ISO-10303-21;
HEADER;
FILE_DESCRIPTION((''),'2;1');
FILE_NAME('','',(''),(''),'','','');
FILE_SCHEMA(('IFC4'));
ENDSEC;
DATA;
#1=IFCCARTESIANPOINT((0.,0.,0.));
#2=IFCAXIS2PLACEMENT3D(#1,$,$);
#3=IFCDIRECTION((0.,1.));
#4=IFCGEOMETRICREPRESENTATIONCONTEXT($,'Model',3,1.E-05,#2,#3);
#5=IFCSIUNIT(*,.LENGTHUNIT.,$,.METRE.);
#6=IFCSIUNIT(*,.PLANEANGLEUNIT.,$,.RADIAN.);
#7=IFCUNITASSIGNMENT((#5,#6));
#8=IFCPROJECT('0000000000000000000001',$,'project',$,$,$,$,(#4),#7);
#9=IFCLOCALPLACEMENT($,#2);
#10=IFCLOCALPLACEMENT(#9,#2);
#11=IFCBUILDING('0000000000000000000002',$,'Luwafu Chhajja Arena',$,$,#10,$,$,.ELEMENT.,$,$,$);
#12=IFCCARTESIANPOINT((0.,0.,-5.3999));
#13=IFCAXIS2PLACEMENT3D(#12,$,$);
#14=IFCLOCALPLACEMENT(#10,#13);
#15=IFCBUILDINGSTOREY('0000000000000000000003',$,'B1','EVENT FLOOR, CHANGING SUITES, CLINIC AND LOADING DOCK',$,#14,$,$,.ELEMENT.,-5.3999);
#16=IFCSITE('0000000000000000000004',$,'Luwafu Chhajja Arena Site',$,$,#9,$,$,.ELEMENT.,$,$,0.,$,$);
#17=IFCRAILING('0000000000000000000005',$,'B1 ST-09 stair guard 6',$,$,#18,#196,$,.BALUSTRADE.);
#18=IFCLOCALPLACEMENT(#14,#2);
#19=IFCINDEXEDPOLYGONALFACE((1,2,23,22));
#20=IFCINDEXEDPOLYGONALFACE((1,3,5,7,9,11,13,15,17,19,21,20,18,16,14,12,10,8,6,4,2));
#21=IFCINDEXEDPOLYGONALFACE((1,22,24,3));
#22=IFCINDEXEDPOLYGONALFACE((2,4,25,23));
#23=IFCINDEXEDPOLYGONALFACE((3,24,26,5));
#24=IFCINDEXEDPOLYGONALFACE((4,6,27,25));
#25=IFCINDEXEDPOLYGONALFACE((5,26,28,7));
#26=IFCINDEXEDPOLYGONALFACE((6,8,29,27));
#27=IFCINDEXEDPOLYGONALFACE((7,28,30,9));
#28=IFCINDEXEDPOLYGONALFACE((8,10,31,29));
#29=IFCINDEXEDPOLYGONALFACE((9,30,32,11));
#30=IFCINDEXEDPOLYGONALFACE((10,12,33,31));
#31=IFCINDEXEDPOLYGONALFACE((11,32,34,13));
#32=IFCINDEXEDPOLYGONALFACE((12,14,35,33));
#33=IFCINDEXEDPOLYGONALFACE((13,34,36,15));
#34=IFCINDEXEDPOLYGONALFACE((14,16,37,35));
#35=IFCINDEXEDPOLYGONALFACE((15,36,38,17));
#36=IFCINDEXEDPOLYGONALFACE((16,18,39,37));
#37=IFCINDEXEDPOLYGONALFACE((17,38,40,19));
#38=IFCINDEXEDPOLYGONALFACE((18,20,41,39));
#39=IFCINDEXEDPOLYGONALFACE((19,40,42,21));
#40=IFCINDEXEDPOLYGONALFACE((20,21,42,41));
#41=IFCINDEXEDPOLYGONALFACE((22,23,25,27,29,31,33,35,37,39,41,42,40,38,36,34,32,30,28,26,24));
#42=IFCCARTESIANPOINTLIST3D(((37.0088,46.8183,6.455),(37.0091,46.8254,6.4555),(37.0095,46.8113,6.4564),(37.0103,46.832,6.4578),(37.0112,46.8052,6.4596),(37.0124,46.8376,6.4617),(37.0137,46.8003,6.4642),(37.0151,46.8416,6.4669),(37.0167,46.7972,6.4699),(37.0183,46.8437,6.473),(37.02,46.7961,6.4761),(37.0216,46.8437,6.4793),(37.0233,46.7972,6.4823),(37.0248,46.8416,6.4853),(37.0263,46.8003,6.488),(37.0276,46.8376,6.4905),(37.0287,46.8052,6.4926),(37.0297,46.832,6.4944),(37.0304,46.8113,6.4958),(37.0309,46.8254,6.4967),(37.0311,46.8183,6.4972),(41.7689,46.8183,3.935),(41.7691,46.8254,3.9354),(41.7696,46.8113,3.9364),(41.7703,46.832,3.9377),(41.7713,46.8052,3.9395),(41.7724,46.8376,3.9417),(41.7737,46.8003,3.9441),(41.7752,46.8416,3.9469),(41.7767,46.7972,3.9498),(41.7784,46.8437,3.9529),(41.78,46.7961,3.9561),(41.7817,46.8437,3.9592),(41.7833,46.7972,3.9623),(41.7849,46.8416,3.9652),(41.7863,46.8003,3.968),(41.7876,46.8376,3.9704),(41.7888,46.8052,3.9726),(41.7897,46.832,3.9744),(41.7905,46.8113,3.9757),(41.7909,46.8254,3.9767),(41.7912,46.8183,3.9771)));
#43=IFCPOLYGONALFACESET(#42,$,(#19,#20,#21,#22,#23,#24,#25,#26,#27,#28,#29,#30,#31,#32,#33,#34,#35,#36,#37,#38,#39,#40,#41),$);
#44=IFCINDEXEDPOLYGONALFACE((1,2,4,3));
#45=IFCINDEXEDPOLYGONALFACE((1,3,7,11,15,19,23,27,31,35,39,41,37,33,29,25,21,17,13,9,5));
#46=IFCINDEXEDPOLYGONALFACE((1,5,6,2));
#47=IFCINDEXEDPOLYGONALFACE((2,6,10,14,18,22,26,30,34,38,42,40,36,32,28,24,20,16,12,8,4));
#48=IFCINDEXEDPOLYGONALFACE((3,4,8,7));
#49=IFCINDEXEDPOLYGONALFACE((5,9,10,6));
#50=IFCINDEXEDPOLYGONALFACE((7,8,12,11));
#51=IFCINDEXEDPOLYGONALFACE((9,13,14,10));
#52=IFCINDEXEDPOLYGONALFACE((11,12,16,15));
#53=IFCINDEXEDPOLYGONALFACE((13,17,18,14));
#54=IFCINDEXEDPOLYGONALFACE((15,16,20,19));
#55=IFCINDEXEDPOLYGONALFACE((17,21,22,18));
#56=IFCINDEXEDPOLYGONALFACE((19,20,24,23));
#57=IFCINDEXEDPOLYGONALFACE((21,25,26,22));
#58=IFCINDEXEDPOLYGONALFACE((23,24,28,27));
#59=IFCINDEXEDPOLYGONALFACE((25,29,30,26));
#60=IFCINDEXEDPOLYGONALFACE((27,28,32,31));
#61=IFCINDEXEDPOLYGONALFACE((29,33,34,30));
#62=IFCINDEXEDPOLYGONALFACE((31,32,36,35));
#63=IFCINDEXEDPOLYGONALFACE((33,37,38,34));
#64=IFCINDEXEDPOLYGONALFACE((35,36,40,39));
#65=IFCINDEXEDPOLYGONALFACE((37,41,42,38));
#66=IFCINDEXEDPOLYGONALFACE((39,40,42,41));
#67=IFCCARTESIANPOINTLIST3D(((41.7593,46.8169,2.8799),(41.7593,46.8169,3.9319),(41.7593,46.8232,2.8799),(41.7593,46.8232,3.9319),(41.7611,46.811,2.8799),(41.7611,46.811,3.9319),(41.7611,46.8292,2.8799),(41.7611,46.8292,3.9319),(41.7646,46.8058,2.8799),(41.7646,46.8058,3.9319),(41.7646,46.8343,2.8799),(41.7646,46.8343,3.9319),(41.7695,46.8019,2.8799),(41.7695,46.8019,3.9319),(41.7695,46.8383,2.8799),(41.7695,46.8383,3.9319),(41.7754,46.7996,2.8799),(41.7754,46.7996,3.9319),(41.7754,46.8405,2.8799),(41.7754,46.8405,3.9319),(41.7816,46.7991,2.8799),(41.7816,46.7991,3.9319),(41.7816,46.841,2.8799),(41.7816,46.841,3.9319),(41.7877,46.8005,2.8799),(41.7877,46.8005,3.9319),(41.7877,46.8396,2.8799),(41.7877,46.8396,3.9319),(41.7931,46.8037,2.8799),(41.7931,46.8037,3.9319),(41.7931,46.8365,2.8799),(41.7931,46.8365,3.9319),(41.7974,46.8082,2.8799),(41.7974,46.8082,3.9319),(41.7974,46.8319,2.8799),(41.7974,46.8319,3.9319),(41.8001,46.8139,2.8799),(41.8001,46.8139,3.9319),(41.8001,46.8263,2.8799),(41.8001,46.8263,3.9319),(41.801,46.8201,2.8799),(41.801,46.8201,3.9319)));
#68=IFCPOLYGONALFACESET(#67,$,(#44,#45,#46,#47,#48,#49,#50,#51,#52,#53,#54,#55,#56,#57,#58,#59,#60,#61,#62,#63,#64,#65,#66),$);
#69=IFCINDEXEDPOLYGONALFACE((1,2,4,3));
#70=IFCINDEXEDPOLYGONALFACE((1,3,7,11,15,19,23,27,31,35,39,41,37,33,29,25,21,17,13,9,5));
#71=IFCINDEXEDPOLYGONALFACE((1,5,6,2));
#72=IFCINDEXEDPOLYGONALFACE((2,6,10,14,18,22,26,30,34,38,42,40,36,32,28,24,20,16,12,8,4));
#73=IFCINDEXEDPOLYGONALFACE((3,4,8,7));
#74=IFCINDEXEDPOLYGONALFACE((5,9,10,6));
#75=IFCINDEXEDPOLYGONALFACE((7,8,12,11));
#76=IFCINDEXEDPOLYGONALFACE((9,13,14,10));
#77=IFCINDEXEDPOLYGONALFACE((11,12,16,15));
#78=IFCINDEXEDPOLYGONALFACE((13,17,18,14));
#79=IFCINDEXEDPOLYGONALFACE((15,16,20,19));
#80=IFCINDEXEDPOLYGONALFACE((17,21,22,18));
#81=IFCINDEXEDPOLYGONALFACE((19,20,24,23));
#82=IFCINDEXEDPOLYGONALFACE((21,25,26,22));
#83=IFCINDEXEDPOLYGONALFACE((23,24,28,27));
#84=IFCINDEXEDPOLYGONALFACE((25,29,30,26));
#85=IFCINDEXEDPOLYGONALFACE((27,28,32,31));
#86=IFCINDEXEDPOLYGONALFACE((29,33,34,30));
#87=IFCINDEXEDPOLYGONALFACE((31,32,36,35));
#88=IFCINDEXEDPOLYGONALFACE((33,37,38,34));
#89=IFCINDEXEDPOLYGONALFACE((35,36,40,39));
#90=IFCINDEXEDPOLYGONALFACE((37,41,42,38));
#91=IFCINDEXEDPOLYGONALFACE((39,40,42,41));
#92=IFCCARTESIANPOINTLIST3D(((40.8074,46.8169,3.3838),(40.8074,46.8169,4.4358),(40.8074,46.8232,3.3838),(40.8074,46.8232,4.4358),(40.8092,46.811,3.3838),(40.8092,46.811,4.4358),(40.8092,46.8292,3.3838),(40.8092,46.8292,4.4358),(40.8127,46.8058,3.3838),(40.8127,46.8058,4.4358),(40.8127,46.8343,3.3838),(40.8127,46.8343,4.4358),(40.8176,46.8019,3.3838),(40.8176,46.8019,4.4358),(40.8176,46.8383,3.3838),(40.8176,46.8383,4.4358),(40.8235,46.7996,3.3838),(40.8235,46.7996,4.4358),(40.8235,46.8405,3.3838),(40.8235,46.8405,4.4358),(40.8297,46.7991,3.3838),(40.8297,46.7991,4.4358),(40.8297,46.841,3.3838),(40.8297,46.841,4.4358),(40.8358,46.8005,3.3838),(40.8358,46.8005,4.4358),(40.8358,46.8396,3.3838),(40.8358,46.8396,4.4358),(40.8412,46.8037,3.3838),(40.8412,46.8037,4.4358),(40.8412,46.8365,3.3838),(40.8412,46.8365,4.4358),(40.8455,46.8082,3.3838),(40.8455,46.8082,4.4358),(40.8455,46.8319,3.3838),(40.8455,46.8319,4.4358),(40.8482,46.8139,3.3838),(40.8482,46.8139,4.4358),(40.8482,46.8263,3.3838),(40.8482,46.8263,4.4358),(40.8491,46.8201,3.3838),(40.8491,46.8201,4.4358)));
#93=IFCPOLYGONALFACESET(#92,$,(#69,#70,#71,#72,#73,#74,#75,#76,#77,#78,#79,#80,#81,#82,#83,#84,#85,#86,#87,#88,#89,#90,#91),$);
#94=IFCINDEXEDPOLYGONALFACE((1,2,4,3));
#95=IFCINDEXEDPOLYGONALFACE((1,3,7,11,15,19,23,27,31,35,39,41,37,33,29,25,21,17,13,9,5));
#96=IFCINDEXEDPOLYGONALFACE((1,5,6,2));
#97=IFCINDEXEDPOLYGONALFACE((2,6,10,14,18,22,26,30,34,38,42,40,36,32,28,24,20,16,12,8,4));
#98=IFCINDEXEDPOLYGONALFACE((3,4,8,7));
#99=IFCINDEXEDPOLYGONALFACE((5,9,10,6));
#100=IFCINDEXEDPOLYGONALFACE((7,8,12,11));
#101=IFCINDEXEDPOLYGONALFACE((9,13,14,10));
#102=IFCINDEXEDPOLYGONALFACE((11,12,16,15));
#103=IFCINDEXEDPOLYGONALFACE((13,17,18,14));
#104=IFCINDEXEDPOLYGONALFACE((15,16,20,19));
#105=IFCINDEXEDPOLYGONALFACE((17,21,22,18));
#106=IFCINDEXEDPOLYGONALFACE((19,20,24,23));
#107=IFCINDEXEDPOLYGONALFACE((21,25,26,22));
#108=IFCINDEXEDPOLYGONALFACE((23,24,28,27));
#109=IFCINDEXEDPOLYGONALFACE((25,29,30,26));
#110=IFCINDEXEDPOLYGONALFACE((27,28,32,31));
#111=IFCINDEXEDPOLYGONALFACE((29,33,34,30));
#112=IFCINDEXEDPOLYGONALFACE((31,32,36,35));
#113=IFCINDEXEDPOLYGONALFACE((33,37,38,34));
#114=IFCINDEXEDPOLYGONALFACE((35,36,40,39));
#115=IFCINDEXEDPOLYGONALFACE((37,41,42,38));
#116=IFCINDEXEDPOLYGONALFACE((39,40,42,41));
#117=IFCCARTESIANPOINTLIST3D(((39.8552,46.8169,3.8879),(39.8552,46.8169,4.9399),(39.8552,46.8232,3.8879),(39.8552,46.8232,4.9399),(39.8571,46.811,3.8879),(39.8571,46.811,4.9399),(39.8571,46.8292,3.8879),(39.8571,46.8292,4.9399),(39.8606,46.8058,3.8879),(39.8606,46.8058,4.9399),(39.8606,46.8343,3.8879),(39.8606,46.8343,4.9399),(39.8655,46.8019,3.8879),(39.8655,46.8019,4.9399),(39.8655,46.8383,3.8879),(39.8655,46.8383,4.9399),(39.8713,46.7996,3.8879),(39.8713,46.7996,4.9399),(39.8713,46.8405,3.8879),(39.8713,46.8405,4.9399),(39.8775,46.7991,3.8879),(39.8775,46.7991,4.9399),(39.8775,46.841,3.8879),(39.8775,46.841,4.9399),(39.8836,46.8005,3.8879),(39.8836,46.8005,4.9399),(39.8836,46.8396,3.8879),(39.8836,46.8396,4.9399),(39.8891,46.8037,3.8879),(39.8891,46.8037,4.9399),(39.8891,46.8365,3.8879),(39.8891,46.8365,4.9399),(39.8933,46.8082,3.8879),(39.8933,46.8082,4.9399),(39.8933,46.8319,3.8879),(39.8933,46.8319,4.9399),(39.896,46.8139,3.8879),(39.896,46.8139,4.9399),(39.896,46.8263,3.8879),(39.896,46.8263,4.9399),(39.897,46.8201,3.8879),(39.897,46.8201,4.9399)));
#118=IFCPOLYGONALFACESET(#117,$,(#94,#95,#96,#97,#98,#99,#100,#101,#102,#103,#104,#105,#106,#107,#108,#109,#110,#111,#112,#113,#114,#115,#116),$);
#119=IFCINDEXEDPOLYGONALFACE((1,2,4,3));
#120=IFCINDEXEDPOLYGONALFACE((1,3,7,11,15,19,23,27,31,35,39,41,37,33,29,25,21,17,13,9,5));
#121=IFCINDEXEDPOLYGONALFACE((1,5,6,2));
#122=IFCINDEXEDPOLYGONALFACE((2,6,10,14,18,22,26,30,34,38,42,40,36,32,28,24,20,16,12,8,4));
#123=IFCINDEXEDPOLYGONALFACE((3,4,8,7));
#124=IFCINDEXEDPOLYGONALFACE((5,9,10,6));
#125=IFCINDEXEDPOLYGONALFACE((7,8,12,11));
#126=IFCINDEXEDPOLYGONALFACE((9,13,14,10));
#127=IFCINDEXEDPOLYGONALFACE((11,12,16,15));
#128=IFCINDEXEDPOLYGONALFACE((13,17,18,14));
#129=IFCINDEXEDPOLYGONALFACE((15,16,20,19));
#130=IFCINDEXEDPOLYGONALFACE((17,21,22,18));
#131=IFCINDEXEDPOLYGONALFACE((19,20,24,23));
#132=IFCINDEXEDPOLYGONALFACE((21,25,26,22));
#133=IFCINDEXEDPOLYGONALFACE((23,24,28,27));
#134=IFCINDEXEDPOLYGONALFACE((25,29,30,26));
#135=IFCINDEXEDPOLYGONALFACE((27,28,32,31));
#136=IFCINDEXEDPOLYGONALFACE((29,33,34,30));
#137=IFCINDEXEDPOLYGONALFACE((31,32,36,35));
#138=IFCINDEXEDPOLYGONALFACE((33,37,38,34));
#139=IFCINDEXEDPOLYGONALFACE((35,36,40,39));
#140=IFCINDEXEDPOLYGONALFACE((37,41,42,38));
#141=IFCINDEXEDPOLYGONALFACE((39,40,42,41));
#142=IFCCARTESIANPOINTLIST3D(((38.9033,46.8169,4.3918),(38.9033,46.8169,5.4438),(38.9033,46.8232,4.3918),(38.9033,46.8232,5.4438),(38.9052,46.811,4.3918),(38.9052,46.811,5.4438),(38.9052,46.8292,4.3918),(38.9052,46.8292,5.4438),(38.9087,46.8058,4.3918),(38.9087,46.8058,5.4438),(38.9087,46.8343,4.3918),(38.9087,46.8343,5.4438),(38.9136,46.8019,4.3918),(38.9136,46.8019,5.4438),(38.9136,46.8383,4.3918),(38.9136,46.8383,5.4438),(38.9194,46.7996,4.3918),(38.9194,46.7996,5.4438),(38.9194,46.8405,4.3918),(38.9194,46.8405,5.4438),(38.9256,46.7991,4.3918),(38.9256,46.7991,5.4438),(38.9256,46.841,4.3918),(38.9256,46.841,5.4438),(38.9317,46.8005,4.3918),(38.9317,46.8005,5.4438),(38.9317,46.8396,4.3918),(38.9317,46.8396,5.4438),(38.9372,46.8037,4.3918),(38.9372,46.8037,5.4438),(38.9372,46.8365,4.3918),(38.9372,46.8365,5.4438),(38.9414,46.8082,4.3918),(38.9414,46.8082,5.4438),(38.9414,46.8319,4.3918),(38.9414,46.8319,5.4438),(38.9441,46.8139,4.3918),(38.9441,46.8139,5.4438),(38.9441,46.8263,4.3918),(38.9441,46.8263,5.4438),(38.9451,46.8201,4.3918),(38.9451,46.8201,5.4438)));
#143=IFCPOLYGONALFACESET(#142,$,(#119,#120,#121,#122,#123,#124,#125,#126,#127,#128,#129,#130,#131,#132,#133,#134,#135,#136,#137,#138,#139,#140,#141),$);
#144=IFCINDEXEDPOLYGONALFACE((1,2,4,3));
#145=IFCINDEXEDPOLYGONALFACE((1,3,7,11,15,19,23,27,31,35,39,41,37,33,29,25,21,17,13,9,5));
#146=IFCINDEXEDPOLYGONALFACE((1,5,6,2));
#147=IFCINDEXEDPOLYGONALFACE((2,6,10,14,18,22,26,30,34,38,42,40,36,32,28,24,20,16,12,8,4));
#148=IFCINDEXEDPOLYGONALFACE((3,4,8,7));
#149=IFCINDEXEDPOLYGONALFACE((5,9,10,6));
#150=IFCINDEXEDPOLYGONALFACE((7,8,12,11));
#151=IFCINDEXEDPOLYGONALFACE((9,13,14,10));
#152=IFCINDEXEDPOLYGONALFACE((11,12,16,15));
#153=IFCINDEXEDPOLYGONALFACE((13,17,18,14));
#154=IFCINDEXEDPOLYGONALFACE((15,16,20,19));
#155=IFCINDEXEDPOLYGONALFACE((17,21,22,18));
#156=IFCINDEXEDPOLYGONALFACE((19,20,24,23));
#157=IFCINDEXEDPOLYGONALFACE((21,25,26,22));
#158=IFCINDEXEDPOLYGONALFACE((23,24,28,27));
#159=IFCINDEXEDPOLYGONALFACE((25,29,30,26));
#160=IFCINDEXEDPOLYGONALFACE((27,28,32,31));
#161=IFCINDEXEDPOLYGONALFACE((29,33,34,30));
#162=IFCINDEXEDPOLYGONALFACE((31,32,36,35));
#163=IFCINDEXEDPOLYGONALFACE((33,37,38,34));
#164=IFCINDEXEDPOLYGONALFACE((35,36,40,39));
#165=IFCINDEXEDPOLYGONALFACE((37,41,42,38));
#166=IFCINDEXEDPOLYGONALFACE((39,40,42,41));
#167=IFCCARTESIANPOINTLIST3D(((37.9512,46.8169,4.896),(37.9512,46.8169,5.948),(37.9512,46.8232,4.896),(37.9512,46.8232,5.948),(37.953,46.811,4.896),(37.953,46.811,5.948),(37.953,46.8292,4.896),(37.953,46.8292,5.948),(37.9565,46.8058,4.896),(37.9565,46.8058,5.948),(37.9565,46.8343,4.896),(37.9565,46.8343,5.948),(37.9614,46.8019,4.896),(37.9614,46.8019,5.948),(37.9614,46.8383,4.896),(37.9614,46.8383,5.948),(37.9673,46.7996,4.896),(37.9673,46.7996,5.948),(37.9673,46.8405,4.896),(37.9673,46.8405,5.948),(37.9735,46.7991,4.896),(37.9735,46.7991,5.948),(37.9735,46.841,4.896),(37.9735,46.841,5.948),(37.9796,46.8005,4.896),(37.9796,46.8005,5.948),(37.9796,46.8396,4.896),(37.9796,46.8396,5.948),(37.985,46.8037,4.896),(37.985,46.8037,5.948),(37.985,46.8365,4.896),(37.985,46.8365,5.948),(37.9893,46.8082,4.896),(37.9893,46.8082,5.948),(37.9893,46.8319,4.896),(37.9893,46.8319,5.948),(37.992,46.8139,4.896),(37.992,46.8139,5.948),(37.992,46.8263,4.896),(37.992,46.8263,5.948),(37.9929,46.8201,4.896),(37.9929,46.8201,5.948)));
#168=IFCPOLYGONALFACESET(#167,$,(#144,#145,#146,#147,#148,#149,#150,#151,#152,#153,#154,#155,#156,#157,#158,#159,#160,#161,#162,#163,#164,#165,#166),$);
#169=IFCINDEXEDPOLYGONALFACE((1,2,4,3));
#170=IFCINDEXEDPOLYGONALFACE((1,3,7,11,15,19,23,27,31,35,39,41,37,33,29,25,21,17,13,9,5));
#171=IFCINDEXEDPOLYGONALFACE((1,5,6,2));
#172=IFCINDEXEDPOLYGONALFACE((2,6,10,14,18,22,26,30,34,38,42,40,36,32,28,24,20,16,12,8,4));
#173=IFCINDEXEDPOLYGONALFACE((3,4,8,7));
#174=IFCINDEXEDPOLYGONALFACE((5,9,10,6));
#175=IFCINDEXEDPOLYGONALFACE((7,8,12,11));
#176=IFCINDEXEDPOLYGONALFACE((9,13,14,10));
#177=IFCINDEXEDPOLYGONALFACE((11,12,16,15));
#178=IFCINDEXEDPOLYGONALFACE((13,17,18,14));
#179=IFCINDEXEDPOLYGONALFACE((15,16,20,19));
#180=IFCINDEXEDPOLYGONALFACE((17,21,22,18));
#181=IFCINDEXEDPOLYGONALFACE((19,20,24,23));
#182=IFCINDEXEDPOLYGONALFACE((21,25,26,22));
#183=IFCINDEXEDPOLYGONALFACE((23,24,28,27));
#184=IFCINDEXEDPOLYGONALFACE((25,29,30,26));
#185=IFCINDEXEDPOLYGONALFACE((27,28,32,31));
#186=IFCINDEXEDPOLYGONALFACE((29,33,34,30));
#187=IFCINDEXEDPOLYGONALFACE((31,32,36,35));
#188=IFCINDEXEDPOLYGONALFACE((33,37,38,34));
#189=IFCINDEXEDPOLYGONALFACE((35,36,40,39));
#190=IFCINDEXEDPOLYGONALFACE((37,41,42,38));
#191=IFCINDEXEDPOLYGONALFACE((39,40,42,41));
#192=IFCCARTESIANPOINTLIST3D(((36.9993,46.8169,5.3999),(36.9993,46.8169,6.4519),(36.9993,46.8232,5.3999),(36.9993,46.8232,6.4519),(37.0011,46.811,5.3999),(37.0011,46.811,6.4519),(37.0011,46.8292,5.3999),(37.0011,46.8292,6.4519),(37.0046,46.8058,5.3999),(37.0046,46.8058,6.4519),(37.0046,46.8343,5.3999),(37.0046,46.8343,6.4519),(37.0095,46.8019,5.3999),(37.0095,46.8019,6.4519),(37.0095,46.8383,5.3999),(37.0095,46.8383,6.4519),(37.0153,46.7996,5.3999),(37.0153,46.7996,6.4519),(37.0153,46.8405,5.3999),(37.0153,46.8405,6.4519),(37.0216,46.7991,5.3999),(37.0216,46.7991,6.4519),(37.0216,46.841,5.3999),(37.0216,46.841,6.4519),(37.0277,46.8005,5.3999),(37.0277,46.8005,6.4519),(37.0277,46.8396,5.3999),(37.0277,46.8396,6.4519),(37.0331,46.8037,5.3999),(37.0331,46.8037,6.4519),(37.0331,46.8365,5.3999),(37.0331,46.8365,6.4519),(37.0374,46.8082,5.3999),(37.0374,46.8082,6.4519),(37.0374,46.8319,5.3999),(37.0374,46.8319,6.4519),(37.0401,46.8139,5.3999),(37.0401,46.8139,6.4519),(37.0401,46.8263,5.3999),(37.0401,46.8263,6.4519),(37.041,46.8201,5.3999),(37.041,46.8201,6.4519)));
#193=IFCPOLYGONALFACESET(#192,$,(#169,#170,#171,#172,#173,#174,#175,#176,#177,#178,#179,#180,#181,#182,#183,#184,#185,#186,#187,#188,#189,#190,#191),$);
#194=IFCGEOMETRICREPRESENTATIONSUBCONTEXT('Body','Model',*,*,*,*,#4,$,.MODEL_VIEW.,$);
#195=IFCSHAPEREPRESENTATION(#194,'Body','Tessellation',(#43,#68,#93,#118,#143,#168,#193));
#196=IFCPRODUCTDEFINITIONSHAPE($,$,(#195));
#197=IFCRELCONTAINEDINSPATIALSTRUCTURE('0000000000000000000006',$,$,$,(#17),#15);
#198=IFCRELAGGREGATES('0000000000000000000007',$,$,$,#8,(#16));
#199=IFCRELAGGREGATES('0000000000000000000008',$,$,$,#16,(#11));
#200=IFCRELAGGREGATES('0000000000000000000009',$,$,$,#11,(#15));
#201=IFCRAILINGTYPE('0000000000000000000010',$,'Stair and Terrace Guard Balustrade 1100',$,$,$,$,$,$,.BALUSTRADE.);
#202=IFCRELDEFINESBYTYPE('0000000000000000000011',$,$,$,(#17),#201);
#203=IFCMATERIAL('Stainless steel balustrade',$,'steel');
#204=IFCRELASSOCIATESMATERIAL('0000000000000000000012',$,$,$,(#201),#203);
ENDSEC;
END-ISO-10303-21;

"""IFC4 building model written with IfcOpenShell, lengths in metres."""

from ifc_helpers import new_model, si_unit, direction, frame, origin, origin_2d, place, context, subcontext, project, spatial, circle, extrude, material, type_object, element, save


model = new_model("IFC4")

# Units and contexts
model_context = context("Model", 3, precision=1e-05, world=origin(), true_north=direction((0.0, 1.0)))
body_context = subcontext(model_context, "Body", "Model", "MODEL_VIEW")
ifc_project = project(units=[si_unit("LENGTHUNIT", "METRE"), si_unit("PLANEANGLEUNIT", "RADIAN")], contexts=[model_context])

# Site, building, storey
site_placement = place(None, origin())
site = spatial("IfcSite", under=ifc_project, at=site_placement, Name="Luwafu Chhajja Arena Site", CompositionType="ELEMENT", RefElevation=0.0)
building_placement = place(site_placement, origin())
building = spatial("IfcBuilding", under=site, at=building_placement, Name="Luwafu Chhajja Arena", CompositionType="ELEMENT")
storey_placement = place(building_placement, frame((0.0, 0.0, -5.3999)))
storey = spatial("IfcBuildingStorey", under=building, at=storey_placement, Name="B1", Description="EVENT FLOOR, CHANGING SUITES, CLINIC AND LOADING DOCK", CompositionType="ELEMENT", Elevation=-5.3999)

# Railing
ifc_material_1 = material(Name="Stainless steel balustrade", Category="steel")
railing_type = type_object("IfcRailingType", Name="Stair and Terrace Guard Balustrade 1100", PredefinedType="BALUSTRADE", material=ifc_material_1)
railing_1_placement = place(storey_placement, frame((41.78, 46.8201, 2.8799)))
element("IfcRailing", 1, at=railing_1_placement, inside=storey, type_object=railing_type, Name="B1 ST-09 stair guard 6", PredefinedType="BALUSTRADE", context=body_context, shape_type="SweptSolid", body=[
    extrude(circle(Radius=0.0239, at=origin_2d()), frame((0.0, 0.0, 1.0762), z_axis=(-0.883787, 0.0, 0.46789), x_axis=(0.0, -1.0, 0.0)), (0.0, 0.0, 1.0), 5.386),
    extrude(circle(Radius=0.021, at=origin_2d()), origin(), (0.0, 0.0, 1.0), 1.052),
    extrude(circle(Radius=0.021, at=origin_2d()), frame((-0.9519, 0.0, 0.5039)), (0.0, 0.0, 1.0), 1.052),
    extrude(circle(Radius=0.021, at=origin_2d()), frame((-1.9041, 0.0, 1.0081)), (0.0, 0.0, 1.0), 1.052),
    extrude(circle(Radius=0.021, at=origin_2d()), frame((-2.856, 0.0, 1.512)), (0.0, 0.0, 1.0), 1.052),
    extrude(circle(Radius=0.021, at=origin_2d()), frame((-3.8081, 0.0, 2.0161)), (0.0, 0.0, 1.0), 1.052),
    extrude(circle(Radius=0.021, at=origin_2d()), frame((-4.76, 0.0, 2.52)), (0.0, 0.0, 1.0), 1.052),
])

save(model, "model.ifc")
